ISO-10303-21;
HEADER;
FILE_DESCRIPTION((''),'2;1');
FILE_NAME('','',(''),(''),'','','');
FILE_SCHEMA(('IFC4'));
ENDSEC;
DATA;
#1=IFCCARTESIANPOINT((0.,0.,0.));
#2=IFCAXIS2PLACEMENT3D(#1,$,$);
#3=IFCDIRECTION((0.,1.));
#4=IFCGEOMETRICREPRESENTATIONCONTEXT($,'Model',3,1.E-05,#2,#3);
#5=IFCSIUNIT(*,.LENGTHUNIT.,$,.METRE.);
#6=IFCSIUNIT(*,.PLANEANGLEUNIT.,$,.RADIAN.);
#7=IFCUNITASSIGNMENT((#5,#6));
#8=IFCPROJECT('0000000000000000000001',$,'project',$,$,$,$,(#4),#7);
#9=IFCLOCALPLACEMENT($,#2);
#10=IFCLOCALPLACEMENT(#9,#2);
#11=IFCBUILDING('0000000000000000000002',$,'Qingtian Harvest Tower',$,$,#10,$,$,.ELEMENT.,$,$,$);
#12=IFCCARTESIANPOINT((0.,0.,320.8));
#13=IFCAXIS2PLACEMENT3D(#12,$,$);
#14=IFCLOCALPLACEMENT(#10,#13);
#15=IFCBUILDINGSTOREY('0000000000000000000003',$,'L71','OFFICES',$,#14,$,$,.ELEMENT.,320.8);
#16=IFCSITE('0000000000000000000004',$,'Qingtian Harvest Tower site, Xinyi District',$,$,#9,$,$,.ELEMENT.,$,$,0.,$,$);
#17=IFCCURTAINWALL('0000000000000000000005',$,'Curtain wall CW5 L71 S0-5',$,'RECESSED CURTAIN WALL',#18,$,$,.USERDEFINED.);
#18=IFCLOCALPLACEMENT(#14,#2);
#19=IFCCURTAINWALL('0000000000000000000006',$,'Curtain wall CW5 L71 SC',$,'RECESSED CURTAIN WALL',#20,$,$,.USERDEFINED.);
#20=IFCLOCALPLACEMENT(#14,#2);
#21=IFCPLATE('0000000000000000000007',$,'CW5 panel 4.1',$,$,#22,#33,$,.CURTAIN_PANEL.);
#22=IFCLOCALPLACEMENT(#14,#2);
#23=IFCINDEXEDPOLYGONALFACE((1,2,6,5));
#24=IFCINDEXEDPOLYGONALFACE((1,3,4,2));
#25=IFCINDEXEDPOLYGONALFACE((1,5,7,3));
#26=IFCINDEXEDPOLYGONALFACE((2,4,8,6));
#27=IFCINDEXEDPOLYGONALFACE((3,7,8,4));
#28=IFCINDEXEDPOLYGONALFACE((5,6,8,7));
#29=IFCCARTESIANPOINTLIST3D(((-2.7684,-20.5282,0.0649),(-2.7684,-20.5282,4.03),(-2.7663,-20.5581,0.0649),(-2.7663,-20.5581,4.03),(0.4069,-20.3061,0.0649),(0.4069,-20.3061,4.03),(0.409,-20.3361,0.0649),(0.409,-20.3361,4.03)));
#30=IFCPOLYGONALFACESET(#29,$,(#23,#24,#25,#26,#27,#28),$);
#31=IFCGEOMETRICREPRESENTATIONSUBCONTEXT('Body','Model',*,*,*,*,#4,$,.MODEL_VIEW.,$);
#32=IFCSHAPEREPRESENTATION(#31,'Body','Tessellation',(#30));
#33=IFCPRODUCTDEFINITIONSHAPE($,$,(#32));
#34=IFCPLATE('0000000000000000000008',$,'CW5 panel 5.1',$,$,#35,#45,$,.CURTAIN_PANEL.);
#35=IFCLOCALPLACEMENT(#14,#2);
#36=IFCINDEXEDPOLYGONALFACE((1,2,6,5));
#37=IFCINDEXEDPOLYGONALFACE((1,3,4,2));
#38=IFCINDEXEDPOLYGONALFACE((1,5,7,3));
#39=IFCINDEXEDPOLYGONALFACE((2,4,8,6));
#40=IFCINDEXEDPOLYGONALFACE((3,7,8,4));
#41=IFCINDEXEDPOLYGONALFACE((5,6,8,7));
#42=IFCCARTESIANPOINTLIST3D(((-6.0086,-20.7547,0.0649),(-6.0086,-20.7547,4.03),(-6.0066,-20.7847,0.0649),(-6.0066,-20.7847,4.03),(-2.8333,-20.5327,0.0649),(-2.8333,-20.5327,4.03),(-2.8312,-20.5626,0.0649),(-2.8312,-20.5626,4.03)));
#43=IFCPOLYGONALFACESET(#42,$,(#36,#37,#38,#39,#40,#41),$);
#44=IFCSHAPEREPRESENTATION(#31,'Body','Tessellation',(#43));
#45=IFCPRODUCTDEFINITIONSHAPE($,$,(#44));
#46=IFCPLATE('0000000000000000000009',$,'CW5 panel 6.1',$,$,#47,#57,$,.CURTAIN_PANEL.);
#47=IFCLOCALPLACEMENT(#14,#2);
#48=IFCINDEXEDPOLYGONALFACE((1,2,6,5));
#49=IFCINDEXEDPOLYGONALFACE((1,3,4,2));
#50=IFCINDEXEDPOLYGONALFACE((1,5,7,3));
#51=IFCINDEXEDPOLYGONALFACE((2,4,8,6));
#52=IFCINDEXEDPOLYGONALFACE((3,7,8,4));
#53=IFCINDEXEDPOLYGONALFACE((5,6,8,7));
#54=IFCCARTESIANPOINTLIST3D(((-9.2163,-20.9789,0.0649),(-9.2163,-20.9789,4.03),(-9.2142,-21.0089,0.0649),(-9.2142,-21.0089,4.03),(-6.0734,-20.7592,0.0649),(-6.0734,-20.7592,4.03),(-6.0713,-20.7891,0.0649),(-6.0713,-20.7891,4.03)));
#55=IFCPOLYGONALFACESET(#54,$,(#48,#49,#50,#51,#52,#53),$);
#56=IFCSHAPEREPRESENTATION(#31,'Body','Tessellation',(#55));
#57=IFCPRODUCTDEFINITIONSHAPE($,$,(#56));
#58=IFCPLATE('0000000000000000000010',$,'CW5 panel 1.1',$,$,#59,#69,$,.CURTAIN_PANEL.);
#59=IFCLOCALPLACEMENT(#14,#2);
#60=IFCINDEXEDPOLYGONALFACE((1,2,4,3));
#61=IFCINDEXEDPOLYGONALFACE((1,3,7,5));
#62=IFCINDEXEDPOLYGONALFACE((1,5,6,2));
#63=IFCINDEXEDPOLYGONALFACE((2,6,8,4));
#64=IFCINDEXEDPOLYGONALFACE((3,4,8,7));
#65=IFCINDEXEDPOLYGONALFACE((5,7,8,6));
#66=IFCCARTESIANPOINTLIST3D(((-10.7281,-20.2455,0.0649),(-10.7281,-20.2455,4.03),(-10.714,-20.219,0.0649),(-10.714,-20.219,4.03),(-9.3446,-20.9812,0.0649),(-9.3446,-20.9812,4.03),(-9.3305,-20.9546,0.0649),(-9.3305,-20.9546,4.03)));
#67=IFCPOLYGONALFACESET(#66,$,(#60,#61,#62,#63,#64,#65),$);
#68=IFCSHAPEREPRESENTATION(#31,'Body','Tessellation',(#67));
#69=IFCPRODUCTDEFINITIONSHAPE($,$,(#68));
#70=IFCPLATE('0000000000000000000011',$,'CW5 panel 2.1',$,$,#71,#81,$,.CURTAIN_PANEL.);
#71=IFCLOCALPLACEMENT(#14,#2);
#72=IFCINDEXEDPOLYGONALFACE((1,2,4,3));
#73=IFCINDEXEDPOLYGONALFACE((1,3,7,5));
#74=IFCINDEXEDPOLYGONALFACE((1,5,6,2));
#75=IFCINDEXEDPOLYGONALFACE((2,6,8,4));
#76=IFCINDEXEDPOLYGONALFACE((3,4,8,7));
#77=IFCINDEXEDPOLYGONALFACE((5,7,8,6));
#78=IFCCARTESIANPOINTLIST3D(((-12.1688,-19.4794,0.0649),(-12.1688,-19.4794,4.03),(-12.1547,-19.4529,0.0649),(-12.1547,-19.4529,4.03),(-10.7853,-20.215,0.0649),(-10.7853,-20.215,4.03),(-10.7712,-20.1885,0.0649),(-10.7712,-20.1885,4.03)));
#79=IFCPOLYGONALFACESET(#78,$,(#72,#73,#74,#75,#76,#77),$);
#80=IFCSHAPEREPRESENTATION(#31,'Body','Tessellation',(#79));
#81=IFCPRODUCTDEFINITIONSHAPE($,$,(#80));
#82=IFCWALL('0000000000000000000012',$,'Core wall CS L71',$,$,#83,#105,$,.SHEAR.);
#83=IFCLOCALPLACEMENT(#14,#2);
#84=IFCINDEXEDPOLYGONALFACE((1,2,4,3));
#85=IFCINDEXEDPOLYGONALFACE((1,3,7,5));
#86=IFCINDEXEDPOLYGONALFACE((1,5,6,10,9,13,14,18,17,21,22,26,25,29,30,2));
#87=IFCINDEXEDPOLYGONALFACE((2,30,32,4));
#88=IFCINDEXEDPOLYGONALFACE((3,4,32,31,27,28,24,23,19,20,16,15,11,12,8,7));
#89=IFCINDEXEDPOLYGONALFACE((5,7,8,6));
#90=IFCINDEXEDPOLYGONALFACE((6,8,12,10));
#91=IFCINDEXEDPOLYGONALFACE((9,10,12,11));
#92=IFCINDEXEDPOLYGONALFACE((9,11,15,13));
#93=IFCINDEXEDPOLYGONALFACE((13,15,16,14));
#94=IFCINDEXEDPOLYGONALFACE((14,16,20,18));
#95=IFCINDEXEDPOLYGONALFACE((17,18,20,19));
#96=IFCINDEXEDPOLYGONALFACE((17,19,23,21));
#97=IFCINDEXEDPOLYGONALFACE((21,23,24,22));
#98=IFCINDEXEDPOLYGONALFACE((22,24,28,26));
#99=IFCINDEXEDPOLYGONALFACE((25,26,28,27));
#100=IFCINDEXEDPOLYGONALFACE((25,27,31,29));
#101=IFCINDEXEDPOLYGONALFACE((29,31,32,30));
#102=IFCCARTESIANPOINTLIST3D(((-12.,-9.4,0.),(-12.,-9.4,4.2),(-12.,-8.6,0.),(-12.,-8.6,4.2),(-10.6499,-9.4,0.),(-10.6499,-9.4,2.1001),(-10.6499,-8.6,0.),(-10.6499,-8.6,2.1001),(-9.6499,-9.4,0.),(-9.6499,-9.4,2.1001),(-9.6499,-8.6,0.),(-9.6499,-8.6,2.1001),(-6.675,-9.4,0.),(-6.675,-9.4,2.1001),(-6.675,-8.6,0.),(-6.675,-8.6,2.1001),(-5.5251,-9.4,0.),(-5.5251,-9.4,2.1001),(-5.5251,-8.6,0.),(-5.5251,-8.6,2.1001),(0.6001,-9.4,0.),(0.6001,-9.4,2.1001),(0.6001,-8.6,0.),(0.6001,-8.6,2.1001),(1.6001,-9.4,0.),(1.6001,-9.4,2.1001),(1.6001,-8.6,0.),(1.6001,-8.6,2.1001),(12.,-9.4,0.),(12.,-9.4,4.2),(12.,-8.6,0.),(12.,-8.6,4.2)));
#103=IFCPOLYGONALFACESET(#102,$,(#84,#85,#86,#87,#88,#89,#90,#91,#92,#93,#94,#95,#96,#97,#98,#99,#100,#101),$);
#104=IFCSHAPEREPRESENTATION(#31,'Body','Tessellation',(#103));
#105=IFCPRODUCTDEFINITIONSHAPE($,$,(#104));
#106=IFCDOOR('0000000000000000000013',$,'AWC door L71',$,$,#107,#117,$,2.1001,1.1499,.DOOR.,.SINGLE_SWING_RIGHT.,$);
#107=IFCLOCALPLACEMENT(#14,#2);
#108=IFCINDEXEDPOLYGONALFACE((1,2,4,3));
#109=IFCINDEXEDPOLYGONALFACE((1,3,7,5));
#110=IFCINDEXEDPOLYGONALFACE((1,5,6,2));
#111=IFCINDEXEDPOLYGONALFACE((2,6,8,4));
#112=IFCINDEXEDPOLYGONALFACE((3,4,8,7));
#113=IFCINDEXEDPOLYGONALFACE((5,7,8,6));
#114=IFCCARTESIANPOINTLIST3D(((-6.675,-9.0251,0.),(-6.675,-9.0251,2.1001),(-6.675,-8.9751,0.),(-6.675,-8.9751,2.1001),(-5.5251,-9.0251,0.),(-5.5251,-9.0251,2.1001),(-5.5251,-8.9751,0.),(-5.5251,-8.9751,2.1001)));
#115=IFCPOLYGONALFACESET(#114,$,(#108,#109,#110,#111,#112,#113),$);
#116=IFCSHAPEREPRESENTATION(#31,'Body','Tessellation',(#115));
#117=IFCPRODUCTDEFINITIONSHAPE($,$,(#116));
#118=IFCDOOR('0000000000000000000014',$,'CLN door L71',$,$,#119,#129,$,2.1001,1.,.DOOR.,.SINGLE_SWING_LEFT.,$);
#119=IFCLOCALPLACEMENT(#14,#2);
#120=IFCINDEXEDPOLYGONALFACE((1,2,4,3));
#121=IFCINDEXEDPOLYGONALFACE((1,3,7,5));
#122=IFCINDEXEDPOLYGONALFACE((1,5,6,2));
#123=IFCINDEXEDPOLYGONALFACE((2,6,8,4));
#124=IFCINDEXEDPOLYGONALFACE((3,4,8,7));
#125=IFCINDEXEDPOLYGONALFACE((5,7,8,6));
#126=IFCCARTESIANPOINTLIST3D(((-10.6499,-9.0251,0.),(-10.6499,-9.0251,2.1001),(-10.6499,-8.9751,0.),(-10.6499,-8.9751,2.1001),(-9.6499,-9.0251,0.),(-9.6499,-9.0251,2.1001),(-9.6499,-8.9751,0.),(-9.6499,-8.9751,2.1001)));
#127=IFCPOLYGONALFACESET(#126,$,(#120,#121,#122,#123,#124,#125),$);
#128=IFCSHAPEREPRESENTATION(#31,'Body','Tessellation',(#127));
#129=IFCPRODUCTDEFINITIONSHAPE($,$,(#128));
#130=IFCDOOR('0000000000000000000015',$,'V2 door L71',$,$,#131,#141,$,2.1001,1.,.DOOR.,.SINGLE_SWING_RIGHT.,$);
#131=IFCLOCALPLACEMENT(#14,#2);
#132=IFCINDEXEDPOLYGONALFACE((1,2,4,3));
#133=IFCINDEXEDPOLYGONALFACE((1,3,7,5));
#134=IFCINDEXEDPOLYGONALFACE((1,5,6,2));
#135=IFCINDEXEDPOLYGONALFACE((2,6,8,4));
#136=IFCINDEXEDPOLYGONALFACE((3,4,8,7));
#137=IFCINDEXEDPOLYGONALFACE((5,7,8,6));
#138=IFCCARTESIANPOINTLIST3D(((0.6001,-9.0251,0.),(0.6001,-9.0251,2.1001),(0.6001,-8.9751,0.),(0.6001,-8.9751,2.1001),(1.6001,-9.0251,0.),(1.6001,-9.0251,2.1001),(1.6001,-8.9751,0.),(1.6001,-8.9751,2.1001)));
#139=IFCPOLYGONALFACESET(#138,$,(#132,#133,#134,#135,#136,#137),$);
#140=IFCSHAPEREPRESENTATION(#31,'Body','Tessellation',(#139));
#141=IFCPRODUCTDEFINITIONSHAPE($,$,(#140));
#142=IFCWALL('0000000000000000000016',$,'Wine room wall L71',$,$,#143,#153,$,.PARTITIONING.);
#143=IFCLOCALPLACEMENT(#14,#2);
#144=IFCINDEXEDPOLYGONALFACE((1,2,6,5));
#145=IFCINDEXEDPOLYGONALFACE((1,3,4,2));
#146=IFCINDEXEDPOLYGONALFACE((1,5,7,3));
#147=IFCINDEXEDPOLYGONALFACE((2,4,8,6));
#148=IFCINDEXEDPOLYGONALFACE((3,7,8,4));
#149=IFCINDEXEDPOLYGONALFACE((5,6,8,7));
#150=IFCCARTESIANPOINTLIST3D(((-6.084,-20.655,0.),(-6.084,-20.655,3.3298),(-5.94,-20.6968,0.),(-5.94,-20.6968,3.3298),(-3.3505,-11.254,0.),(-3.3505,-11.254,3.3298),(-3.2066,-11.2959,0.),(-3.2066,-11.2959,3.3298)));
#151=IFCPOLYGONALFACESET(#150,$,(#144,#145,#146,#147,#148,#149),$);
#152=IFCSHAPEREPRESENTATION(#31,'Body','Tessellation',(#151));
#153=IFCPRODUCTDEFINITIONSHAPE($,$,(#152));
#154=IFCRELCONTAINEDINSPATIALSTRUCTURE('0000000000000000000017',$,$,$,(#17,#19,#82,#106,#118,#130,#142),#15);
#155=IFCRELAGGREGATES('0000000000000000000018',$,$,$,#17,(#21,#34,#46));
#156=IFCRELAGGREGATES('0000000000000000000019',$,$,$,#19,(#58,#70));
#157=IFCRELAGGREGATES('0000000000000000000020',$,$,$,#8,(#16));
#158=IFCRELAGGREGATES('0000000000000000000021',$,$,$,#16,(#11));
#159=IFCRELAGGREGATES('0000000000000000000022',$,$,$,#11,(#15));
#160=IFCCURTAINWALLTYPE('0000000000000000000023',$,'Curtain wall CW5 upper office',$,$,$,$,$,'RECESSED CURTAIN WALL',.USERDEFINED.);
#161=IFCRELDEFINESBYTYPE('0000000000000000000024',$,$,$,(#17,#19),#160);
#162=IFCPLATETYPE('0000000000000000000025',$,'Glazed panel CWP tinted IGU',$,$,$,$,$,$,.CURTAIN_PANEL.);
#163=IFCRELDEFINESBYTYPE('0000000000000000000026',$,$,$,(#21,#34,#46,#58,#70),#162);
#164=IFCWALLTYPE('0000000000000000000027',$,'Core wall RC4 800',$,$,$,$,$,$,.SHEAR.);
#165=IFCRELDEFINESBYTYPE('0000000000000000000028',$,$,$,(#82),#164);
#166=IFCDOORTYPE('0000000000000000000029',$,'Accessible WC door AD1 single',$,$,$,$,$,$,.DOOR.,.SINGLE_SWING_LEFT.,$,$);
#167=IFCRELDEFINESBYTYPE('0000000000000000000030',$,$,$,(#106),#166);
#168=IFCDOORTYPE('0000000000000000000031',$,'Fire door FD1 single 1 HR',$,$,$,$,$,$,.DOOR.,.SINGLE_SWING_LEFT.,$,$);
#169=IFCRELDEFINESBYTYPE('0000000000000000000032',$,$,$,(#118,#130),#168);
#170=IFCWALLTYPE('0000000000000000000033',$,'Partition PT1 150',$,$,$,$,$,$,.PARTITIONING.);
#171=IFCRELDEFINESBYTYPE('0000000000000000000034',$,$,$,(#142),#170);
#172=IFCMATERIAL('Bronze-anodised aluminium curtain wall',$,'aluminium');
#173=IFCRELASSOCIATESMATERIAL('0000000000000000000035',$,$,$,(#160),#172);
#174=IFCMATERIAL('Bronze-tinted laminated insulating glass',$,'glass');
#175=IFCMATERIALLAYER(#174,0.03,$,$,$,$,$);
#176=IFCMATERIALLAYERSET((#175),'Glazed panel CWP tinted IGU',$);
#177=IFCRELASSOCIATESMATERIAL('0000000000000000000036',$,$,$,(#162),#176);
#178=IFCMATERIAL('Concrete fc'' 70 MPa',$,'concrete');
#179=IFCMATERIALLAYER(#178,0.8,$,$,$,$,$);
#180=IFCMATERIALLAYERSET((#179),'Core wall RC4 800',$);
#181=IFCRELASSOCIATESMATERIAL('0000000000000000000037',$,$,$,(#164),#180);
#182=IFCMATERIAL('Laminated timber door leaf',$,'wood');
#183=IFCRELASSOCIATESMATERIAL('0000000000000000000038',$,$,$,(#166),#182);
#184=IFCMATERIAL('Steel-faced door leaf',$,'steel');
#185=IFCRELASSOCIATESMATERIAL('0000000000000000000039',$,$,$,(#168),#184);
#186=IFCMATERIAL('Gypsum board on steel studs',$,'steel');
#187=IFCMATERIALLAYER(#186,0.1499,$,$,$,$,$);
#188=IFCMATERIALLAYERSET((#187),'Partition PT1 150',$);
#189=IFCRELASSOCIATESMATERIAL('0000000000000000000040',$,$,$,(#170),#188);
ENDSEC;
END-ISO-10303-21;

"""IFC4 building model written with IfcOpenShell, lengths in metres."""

from ifc_helpers import new_model, si_unit, direction, frame, frame_2d, origin, origin_2d, place, context, subcontext, project, spatial, rectangle, extrude, material, layer, layer_set, type_object, element, fill, aggregate, save


model = new_model("IFC4")

# Units and contexts
model_context = context("Model", 3, precision=1e-05, world=origin(), true_north=direction((0.0, 1.0)))
body_context = subcontext(model_context, "Body", "Model", "MODEL_VIEW")
ifc_project = project(units=[si_unit("LENGTHUNIT", "METRE"), si_unit("PLANEANGLEUNIT", "RADIAN")], contexts=[model_context])

# Site, building, storey
site_placement = place(None, origin())
site = spatial("IfcSite", under=ifc_project, at=site_placement, Name="Qingtian Harvest Tower site, Xinyi District", CompositionType="ELEMENT", RefElevation=0.0)
building_placement = place(site_placement, origin())
building = spatial("IfcBuilding", under=site, at=building_placement, Name="Qingtian Harvest Tower", CompositionType="ELEMENT")
storey_placement = place(building_placement, frame((0.0, 0.0, 320.8)))
storey = spatial("IfcBuildingStorey", under=building, at=storey_placement, Name="L71", Description="OFFICES", CompositionType="ELEMENT", Elevation=320.8)

# Curtain walls
ifc_material_1 = material(Name="Bronze-anodised aluminium curtain wall", Category="aluminium")
curtain_wall_type = type_object("IfcCurtainWallType", Name="Curtain wall CW5 upper office", ElementType="RECESSED CURTAIN WALL", PredefinedType="USERDEFINED", material=ifc_material_1)
curtain_wall_1_placement = place(storey_placement, origin())
curtain_wall_1 = element("IfcCurtainWall", 1, at=curtain_wall_1_placement, inside=storey, type_object=curtain_wall_type, Name="Curtain wall CW5 L71 S0-5", ObjectType="RECESSED CURTAIN WALL", PredefinedType="USERDEFINED")
curtain_wall_2_placement = place(storey_placement, origin())
curtain_wall_2 = element("IfcCurtainWall", 2, at=curtain_wall_2_placement, inside=storey, type_object=curtain_wall_type, Name="Curtain wall CW5 L71 SC", ObjectType="RECESSED CURTAIN WALL", PredefinedType="USERDEFINED")

# Plates
ifc_material_2 = material(Name="Bronze-tinted laminated insulating glass", Category="glass")
ifc_layer_1 = layer(ifc_material_2, 0.03)
ifc_layer_set_1 = layer_set([ifc_layer_1], Name="Glazed panel CWP tinted IGU")
plate_type = type_object("IfcPlateType", Name="Glazed panel CWP tinted IGU", PredefinedType="CURTAIN_PANEL", material=ifc_layer_set_1)
plate_1_placement = place(storey_placement, frame((-1.1797, -20.4321, 0.0649), z_axis=(0.0, 0.0, 1.0), x_axis=(-0.997564, -0.069756, 0.0)))
plate_1 = element("IfcPlate", 3, at=plate_1_placement, type_object=plate_type, Name="CW5 panel 4.1", PredefinedType="CURTAIN_PANEL", context=body_context, shape_type="SweptSolid", body=[
    extrude(rectangle(XDim=3.1831, YDim=0.03, at=origin_2d()), origin(), (0.0, 0.0, 1.0), 3.9651),
])
plate_2_placement = place(storey_placement, frame((-4.4199, -20.6587, 0.0649), z_axis=(0.0, 0.0, 1.0), x_axis=(-0.997564, -0.069756, 0.0)))
plate_2 = element("IfcPlate", 4, at=plate_2_placement, type_object=plate_type, Name="CW5 panel 5.1", PredefinedType="CURTAIN_PANEL", context=body_context, shape_type="SweptSolid", body=[
    extrude(rectangle(XDim=3.1831, YDim=0.03, at=origin_2d()), origin(), (0.0, 0.0, 1.0), 3.9651),
])
plate_3_placement = place(storey_placement, frame((-7.6438, -20.884, 0.0649), z_axis=(0.0, 0.0, 1.0), x_axis=(-0.997564, -0.069756, 0.0)))
plate_3 = element("IfcPlate", 5, at=plate_3_placement, type_object=plate_type, Name="CW5 panel 6.1", PredefinedType="CURTAIN_PANEL", context=body_context, shape_type="SweptSolid", body=[
    extrude(rectangle(XDim=3.1506, YDim=0.03, at=origin_2d()), origin(), (0.0, 0.0, 1.0), 3.9651),
])
aggregate(curtain_wall_1, [plate_1, plate_2, plate_3])
plate_4_placement = place(storey_placement, frame((-10.0293, -20.6001, 0.0649), z_axis=(0.0, 0.0, 1.0), x_axis=(-0.882948, 0.469472, 0.0)))
plate_4 = element("IfcPlate", 6, at=plate_4_placement, type_object=plate_type, Name="CW5 panel 1.1", PredefinedType="CURTAIN_PANEL", context=body_context, shape_type="SweptSolid", body=[
    extrude(rectangle(XDim=1.5669, YDim=0.03, at=origin_2d()), origin(), (0.0, 0.0, 1.0), 3.9651),
])
plate_5_placement = place(storey_placement, frame((-11.47, -19.834, 0.0649), z_axis=(0.0, 0.0, 1.0), x_axis=(-0.882948, 0.469472, 0.0)))
plate_5 = element("IfcPlate", 7, at=plate_5_placement, type_object=plate_type, Name="CW5 panel 2.1", PredefinedType="CURTAIN_PANEL", context=body_context, shape_type="SweptSolid", body=[
    extrude(rectangle(XDim=1.5669, YDim=0.03, at=origin_2d()), origin(), (0.0, 0.0, 1.0), 3.9651),
])
aggregate(curtain_wall_2, [plate_4, plate_5])

# Wall, openings, doors
ifc_material_3 = material(Name="Concrete fc' 70 MPa", Category="concrete")
ifc_layer_2 = layer(ifc_material_3, 0.8)
ifc_layer_set_2 = layer_set([ifc_layer_2], Name="Core wall RC4 800")
wall_type_1 = type_object("IfcWallType", Name="Core wall RC4 800", PredefinedType="SHEAR", material=ifc_layer_set_2)
wall_1_placement = place(storey_placement, frame((-12.0, -9.0, 0.0), z_axis=(0.0, 0.0, 1.0), x_axis=(1.0, 0.0, 0.0)))
wall_1 = element("IfcWall", 8, at=wall_1_placement, inside=storey, type_object=wall_type_1, Name="Core wall CS L71", PredefinedType="SHEAR", context=body_context, shape_type="SweptSolid", body=[
    extrude(rectangle(XDim=24.0, YDim=0.8, at=frame_2d((12.0, 0.0))), origin(), (0.0, 0.0, 1.0), 4.2),
])
opening_1_placement = place(wall_1_placement, frame((1.3501, 0.0, 0.0)))
opening_1 = element("IfcOpeningElement", 9, at=opening_1_placement, cuts=wall_1, PredefinedType="OPENING", context=body_context, shape_type="SweptSolid", body=[
    extrude(rectangle(XDim=1.0, YDim=2.1001, at=frame_2d((0.5, 1.05))), frame((0.0, 0.4099, 0.0), z_axis=(0.0, -1.0, 0.0), x_axis=(1.0, 0.0, 0.0)), (0.0, 0.0, 1.0), 0.8201),
])
opening_2_placement = place(wall_1_placement, frame((5.325, 0.0, 0.0)))
opening_2 = element("IfcOpeningElement", 10, at=opening_2_placement, cuts=wall_1, PredefinedType="OPENING", context=body_context, shape_type="SweptSolid", body=[
    extrude(rectangle(XDim=1.1499, YDim=2.1001, at=frame_2d((0.575, 1.05))), frame((0.0, 0.4099, 0.0), z_axis=(0.0, -1.0, 0.0), x_axis=(1.0, 0.0, 0.0)), (0.0, 0.0, 1.0), 0.8201),
])
opening_3_placement = place(wall_1_placement, frame((12.6001, 0.0, 0.0)))
opening_3 = element("IfcOpeningElement", 11, at=opening_3_placement, cuts=wall_1, PredefinedType="OPENING", context=body_context, shape_type="SweptSolid", body=[
    extrude(rectangle(XDim=1.0, YDim=2.1001, at=frame_2d((0.5, 1.05))), frame((0.0, 0.4099, 0.0), z_axis=(0.0, -1.0, 0.0), x_axis=(1.0, 0.0, 0.0)), (0.0, 0.0, 1.0), 0.8201),
])
ifc_material_4 = material(Name="Laminated timber door leaf", Category="wood")
door_type_1 = type_object("IfcDoorType", Name="Accessible WC door AD1 single", OperationType="SINGLE_SWING_LEFT", PredefinedType="DOOR", material=ifc_material_4)
door_1_placement = place(opening_2_placement, origin())
door_1 = element("IfcDoor", 12, at=door_1_placement, inside=storey, type_object=door_type_1, Name="AWC door L71", OperationType="SINGLE_SWING_RIGHT", OverallHeight=2.1001, OverallWidth=1.1499, PredefinedType="DOOR", context=body_context, shape_type="SweptSolid", body=[
    extrude(rectangle(XDim=1.1499, YDim=2.1001, at=frame_2d((0.575, 1.05))), frame((0.0, 0.0249, 0.0), z_axis=(0.0, -1.0, 0.0), x_axis=(1.0, 0.0, 0.0)), (0.0, 0.0, 1.0), 0.05),
])
fill(opening_2, door_1)
ifc_material_5 = material(Name="Steel-faced door leaf", Category="steel")
door_type_2 = type_object("IfcDoorType", Name="Fire door FD1 single 1 HR", OperationType="SINGLE_SWING_LEFT", PredefinedType="DOOR", material=ifc_material_5)
door_2_placement = place(opening_1_placement, origin())
door_2 = element("IfcDoor", 13, at=door_2_placement, inside=storey, type_object=door_type_2, Name="CLN door L71", OperationType="SINGLE_SWING_LEFT", OverallHeight=2.1001, OverallWidth=1.0, PredefinedType="DOOR", context=body_context, shape_type="SweptSolid", body=[
    extrude(rectangle(XDim=1.0, YDim=2.1001, at=frame_2d((0.5, 1.05))), frame((0.0, 0.0249, 0.0), z_axis=(0.0, -1.0, 0.0), x_axis=(1.0, 0.0, 0.0)), (0.0, 0.0, 1.0), 0.05),
])
fill(opening_1, door_2)
door_3_placement = place(opening_3_placement, origin())
door_3 = element("IfcDoor", 14, at=door_3_placement, inside=storey, type_object=door_type_2, Name="V2 door L71", OperationType="SINGLE_SWING_RIGHT", OverallHeight=2.1001, OverallWidth=1.0, PredefinedType="DOOR", context=body_context, shape_type="SweptSolid", body=[
    extrude(rectangle(XDim=1.0, YDim=2.1001, at=frame_2d((0.5, 1.05))), frame((0.0, 0.0249, 0.0), z_axis=(0.0, -1.0, 0.0), x_axis=(1.0, 0.0, 0.0)), (0.0, 0.0, 1.0), 0.05),
])
fill(opening_3, door_3)

# Wall
ifc_material_6 = material(Name="Gypsum board on steel studs", Category="steel")
ifc_layer_3 = layer(ifc_material_6, 0.1499)
ifc_layer_set_3 = layer_set([ifc_layer_3], Name="Partition PT1 150")
wall_type_2 = type_object("IfcWallType", Name="Partition PT1 150", PredefinedType="PARTITIONING", material=ifc_layer_set_3)
wall_2_placement = place(storey_placement, frame((-6.012, -20.6758, 0.0), z_axis=(0.0, 0.0, 1.0), x_axis=(0.279197, 0.960234, 0.0)))
element("IfcWall", 15, at=wall_2_placement, inside=storey, type_object=wall_type_2, Name="Wine room wall L71", PredefinedType="PARTITIONING", context=body_context, shape_type="SweptSolid", body=[
    extrude(rectangle(XDim=9.7903, YDim=0.1499, at=frame_2d((4.895, 0.0))), origin(), (0.0, 0.0, 1.0), 3.3298),
])

save(model, "model.ifc")
